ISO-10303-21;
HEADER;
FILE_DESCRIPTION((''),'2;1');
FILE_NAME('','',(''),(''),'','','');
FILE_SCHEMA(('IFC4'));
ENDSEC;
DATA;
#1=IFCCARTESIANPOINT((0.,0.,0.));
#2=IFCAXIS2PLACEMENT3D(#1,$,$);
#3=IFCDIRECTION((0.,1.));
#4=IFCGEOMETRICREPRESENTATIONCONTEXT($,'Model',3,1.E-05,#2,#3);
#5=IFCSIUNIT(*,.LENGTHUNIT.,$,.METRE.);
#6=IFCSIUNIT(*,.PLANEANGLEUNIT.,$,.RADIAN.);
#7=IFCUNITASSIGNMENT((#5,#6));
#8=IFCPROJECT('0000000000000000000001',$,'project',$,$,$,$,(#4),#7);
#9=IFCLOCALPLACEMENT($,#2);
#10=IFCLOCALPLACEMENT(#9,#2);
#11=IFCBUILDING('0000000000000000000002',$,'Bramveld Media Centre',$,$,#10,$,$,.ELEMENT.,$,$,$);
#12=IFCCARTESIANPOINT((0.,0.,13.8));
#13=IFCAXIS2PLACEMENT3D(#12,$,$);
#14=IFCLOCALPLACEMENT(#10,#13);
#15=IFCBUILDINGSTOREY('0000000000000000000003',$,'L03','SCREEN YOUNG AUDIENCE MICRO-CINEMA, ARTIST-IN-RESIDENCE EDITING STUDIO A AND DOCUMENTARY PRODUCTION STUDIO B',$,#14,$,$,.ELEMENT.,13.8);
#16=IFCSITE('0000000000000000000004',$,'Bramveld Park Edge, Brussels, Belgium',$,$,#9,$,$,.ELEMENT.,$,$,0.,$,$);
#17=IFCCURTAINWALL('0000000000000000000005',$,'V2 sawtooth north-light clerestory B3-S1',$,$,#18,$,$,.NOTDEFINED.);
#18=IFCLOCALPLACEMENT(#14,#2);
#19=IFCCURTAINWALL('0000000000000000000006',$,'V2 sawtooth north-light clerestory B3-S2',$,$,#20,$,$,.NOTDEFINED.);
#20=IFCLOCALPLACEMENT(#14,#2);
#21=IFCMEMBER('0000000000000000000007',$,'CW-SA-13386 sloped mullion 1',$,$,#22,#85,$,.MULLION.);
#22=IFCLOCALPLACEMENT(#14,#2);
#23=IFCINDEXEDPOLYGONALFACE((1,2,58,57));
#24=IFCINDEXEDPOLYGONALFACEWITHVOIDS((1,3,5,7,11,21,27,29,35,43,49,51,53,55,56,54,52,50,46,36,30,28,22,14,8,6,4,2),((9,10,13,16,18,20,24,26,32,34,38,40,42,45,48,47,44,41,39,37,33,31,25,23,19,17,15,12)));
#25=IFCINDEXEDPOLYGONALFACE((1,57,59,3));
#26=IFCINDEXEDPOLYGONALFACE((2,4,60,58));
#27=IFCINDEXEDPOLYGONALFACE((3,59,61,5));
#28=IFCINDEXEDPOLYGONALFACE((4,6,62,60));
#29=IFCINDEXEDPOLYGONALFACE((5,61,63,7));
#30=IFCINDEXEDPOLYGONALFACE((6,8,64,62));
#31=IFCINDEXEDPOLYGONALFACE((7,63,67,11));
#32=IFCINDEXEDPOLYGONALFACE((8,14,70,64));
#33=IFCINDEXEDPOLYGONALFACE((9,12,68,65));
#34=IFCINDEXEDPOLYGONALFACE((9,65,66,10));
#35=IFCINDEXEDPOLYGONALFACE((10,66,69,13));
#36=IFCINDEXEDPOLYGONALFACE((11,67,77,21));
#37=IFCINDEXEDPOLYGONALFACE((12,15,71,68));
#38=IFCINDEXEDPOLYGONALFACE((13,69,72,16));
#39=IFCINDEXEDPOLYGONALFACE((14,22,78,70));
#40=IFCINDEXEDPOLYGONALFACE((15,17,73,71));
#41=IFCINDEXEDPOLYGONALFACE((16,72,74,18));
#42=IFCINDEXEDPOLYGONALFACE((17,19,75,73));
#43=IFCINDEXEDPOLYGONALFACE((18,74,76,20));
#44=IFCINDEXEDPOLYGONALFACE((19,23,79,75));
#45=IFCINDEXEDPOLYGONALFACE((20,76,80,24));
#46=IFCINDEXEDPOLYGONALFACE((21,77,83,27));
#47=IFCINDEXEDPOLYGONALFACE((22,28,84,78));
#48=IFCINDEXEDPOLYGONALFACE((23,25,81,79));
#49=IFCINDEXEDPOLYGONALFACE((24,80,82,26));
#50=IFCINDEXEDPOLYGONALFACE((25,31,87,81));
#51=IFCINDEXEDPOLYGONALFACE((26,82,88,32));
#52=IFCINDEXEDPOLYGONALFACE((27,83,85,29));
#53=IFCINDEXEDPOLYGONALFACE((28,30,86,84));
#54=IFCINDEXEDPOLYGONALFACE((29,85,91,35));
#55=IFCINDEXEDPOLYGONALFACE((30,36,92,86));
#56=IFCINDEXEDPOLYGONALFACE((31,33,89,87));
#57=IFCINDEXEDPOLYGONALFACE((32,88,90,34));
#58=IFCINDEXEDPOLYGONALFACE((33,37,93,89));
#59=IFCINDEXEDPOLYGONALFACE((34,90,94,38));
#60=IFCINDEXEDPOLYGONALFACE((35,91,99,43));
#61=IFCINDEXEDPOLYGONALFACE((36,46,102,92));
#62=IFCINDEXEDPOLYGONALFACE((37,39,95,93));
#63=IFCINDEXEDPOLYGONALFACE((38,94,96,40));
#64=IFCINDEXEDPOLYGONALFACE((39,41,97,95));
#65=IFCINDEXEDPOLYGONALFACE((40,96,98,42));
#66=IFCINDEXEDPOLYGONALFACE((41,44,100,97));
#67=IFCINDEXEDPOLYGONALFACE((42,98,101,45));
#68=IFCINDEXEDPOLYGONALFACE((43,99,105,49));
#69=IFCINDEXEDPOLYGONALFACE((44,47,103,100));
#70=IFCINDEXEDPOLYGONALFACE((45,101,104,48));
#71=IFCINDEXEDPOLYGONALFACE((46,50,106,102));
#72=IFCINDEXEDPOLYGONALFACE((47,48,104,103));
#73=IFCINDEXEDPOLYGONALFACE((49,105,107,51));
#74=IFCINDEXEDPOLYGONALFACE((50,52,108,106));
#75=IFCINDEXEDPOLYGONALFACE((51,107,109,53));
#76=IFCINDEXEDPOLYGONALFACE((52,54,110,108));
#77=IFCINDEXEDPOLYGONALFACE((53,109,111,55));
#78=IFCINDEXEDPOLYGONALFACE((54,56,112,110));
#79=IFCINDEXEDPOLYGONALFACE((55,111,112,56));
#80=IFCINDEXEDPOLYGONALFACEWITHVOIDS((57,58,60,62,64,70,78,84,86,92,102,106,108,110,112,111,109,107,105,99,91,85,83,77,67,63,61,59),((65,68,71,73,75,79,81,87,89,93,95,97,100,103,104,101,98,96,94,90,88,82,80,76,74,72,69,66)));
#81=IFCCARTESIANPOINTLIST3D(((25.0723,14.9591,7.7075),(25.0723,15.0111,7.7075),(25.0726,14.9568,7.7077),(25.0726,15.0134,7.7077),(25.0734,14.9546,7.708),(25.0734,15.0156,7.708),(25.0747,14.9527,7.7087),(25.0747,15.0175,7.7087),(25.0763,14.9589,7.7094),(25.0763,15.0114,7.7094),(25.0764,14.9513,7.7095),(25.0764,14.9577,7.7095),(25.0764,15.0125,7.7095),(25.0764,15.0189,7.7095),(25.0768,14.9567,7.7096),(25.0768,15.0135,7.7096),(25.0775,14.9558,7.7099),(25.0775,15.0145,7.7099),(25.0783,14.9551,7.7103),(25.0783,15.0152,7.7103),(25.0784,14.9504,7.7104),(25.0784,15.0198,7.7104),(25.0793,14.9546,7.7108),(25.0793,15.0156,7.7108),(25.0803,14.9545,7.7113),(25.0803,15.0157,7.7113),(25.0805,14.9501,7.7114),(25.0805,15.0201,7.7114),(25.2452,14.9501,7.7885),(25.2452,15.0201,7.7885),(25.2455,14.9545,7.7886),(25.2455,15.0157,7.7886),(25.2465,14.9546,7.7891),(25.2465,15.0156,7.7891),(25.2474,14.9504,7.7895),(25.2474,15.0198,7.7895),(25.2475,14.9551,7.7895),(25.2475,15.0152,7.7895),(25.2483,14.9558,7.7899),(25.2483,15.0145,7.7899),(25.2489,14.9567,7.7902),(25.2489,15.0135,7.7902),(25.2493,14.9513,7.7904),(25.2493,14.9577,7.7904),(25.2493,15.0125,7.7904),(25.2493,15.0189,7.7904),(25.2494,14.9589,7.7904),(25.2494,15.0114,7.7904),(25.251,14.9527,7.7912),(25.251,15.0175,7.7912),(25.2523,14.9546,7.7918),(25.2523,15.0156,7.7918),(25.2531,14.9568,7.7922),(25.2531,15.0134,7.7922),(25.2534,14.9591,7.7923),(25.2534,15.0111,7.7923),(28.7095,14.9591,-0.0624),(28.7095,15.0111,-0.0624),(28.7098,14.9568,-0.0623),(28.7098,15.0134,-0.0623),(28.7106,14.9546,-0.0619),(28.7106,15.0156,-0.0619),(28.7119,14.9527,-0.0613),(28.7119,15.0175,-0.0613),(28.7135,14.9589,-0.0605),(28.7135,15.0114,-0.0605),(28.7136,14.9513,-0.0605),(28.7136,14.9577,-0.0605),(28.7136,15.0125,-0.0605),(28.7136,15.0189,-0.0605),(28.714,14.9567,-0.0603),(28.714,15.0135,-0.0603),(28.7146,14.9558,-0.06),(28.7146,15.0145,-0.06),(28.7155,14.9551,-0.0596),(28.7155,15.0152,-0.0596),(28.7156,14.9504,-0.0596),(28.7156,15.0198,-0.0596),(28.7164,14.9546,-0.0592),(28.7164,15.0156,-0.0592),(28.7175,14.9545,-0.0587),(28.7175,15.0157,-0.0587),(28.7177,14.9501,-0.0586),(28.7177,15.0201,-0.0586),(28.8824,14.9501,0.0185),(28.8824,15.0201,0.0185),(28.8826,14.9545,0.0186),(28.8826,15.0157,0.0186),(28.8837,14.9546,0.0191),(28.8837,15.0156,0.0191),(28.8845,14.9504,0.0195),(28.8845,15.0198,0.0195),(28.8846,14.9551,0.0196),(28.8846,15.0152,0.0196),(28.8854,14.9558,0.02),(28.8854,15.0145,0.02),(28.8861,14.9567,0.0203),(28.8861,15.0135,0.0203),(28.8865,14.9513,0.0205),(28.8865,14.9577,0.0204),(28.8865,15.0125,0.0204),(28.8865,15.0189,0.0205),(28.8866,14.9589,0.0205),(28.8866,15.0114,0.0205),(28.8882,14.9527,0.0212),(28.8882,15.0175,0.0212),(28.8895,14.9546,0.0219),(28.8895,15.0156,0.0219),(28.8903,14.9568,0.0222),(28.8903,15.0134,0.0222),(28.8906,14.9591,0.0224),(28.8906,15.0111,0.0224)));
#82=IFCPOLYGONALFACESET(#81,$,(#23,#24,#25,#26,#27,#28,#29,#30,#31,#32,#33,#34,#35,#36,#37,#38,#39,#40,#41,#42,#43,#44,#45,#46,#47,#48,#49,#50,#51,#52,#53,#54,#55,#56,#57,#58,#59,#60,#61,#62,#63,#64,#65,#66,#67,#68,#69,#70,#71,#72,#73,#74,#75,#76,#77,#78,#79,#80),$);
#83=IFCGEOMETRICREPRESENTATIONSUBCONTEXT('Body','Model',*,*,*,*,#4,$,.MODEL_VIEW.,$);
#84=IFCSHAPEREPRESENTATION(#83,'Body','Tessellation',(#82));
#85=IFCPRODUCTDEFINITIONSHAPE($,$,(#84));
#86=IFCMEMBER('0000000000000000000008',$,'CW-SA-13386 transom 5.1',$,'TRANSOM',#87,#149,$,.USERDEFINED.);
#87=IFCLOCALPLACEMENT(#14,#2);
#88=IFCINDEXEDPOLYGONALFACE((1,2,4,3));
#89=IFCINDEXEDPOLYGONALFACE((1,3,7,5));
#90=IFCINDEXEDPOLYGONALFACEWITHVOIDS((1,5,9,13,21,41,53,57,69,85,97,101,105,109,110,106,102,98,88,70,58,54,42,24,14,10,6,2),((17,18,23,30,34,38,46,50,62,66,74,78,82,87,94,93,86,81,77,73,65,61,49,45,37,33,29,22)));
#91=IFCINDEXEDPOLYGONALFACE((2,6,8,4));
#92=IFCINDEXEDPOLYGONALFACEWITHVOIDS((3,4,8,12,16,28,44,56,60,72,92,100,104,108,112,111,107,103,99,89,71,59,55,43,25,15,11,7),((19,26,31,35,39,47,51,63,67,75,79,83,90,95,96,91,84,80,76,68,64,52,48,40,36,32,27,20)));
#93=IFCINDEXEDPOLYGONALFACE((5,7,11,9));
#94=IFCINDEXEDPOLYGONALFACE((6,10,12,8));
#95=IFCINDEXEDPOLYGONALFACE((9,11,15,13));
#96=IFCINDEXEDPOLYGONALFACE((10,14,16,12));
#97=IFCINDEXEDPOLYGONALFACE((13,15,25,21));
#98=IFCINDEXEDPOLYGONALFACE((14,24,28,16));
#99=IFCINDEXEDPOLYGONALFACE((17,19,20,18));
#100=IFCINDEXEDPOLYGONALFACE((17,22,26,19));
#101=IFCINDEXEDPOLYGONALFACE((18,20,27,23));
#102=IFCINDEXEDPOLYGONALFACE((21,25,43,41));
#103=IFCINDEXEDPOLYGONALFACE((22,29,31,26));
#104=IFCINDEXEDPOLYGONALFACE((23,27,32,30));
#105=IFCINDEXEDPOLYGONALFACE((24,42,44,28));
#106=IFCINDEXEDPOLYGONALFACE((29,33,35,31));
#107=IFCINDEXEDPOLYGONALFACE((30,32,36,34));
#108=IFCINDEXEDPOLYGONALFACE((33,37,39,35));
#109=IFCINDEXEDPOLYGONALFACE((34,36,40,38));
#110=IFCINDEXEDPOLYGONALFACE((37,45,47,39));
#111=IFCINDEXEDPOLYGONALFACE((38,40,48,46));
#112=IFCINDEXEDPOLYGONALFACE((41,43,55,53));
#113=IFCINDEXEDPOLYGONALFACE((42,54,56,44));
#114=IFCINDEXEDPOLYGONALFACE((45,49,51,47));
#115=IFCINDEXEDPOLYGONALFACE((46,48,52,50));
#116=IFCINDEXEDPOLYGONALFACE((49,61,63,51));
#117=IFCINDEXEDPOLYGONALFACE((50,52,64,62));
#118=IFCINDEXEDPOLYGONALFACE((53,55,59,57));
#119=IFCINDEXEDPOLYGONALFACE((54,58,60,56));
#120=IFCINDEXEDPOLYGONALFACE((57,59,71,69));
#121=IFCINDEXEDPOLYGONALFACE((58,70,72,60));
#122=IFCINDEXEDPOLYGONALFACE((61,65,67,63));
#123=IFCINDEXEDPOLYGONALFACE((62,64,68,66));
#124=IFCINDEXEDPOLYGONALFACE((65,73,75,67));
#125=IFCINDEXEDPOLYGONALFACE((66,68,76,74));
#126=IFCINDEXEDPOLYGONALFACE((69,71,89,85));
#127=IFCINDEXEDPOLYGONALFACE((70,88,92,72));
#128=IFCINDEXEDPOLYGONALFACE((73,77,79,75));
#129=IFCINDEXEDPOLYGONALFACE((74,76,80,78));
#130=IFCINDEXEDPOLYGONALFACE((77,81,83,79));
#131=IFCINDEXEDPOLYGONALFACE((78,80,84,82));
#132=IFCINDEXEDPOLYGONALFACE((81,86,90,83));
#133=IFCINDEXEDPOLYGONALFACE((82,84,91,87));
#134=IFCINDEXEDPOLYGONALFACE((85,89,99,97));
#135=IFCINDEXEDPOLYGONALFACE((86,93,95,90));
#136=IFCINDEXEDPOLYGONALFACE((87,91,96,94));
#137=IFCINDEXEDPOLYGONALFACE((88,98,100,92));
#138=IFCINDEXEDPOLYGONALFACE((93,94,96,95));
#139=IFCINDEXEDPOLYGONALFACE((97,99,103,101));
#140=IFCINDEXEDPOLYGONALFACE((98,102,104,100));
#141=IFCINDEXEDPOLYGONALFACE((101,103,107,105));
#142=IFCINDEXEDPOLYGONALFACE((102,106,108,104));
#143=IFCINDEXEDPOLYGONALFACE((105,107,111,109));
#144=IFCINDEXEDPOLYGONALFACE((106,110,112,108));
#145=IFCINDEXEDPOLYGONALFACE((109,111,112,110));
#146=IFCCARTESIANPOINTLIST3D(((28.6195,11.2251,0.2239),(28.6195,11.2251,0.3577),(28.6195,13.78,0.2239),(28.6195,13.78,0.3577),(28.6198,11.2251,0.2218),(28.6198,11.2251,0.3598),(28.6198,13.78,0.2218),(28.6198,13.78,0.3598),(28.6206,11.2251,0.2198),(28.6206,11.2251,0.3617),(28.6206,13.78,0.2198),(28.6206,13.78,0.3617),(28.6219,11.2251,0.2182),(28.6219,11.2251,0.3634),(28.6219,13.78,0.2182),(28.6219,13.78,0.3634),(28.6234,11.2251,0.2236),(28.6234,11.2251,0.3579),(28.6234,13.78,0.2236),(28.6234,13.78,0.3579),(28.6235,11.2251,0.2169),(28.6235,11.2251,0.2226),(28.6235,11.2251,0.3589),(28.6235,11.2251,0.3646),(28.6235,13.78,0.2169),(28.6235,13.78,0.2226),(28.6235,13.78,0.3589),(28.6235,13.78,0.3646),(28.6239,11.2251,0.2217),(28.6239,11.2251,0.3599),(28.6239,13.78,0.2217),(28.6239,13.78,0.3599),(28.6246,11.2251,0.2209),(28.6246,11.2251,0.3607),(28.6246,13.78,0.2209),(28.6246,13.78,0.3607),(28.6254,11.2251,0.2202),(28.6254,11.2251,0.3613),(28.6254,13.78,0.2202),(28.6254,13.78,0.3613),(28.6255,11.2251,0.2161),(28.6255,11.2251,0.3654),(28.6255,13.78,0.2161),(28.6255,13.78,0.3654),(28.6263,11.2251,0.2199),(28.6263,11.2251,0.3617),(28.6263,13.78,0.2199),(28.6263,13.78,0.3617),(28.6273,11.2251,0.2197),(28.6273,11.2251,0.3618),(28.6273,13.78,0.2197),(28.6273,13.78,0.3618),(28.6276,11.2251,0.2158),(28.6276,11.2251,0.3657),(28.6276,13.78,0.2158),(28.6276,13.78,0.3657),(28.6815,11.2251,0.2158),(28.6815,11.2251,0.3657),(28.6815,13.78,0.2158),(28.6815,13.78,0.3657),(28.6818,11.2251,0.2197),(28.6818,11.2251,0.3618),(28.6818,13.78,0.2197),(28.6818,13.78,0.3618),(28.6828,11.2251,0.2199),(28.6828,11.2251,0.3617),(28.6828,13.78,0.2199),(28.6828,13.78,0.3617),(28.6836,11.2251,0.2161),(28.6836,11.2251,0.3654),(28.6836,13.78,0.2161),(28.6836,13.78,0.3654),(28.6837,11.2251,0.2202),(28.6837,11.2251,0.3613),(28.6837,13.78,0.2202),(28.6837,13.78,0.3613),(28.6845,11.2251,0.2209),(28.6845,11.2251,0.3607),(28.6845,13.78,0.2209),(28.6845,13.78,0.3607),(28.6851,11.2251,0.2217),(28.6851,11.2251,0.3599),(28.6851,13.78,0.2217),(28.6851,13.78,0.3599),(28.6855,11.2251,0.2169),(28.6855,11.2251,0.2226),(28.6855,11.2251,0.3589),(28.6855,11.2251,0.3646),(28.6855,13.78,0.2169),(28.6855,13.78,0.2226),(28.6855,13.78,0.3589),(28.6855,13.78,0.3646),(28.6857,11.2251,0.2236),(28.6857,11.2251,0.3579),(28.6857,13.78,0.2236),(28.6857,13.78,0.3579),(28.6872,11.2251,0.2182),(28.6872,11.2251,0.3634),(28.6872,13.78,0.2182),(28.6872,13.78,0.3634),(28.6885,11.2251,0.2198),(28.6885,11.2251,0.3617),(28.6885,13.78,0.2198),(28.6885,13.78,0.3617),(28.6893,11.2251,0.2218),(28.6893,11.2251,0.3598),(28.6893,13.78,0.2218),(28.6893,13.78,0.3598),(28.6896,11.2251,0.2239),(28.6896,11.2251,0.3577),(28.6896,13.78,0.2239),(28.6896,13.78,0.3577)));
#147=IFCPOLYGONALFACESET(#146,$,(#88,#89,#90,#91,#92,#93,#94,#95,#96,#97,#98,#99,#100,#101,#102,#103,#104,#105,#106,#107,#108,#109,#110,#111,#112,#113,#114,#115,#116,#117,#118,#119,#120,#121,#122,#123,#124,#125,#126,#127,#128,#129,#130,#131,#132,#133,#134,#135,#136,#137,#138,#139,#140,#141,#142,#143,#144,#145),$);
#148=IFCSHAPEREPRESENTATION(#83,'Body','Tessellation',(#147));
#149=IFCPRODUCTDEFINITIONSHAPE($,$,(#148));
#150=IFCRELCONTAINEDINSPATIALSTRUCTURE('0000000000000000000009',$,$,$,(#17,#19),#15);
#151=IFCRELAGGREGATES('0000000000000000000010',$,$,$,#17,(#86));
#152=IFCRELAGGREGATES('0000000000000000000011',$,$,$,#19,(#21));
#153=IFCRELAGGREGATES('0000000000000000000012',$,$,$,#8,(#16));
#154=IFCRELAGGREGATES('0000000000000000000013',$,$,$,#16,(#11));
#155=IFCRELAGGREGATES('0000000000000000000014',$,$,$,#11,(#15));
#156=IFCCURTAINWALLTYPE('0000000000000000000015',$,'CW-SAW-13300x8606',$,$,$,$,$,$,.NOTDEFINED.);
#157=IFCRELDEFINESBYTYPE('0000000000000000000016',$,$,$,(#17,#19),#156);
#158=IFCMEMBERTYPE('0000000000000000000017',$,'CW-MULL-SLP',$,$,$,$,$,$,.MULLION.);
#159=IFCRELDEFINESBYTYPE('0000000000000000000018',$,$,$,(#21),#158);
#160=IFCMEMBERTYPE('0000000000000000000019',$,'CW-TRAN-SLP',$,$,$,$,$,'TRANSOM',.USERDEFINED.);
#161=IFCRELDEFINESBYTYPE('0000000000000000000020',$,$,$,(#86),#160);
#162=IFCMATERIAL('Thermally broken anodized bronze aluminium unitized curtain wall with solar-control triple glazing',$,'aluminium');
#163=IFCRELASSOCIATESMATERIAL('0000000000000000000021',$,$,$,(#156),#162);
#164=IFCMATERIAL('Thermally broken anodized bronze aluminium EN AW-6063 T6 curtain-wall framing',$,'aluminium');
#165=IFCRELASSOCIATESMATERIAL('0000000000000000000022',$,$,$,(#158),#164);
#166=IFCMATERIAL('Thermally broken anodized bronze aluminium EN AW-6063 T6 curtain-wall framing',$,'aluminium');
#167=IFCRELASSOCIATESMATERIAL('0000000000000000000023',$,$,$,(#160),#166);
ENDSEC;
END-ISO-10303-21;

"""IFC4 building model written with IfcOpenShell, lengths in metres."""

from ifc_helpers import new_model, si_unit, direction, frame, origin, origin_2d, place, context, subcontext, project, spatial, hollow_rectangle, extrude, material, material_profile, profile_set, type_object, element, aggregate, save


model = new_model("IFC4")

# Units and contexts
model_context = context("Model", 3, precision=1e-05, world=origin(), true_north=direction((0.0, 1.0)))
body_context = subcontext(model_context, "Body", "Model", "MODEL_VIEW")
ifc_project = project(units=[si_unit("LENGTHUNIT", "METRE"), si_unit("PLANEANGLEUNIT", "RADIAN")], contexts=[model_context])

# Site, building, storey
site_placement = place(None, origin())
site = spatial("IfcSite", under=ifc_project, at=site_placement, Name="Bramveld Park Edge, Brussels, Belgium", CompositionType="ELEMENT", RefElevation=0.0)
building_placement = place(site_placement, origin())
building = spatial("IfcBuilding", under=site, at=building_placement, Name="Bramveld Media Centre", CompositionType="ELEMENT")
storey_placement = place(building_placement, frame((0.0, 0.0, 13.8)))
storey = spatial("IfcBuildingStorey", under=building, at=storey_placement, Name="L03", Description="SCREEN YOUNG AUDIENCE MICRO-CINEMA, ARTIST-IN-RESIDENCE EDITING STUDIO A AND DOCUMENTARY PRODUCTION STUDIO B", CompositionType="ELEMENT", Elevation=13.8)

# Curtain wall
ifc_material_1 = material(Name="Thermally broken anodized bronze aluminium unitized curtain wall with solar-control triple glazing", Category="aluminium")
curtain_wall_type = type_object("IfcCurtainWallType", Name="CW-SAW-13300x8606", PredefinedType="NOTDEFINED", material=ifc_material_1)
curtain_wall_1_placement = place(storey_placement, origin())
curtain_wall_1 = element("IfcCurtainWall", 1, at=curtain_wall_1_placement, inside=storey, type_object=curtain_wall_type, Name="V2 sawtooth north-light clerestory B3-S1", PredefinedType="NOTDEFINED")
ifc_material_2 = material(Name="Thermally broken anodized bronze aluminium EN AW-6063 T6 curtain-wall framing", Category="aluminium")
ifc_material_profile_1 = material_profile(ifc_material_2, hollow_rectangle(XDim=0.0701, YDim=0.2, WallThickness=0.0044, InnerFilletRadius=0.0044, OuterFilletRadius=0.009, at=origin_2d()), Name="AL-MULL 70x200")
ifc_profile_set_1 = profile_set([ifc_material_profile_1], Name="Thermally broken anodized bronze aluminium EN AW-6063 T6 curtain-wall framing")
member_type_1 = type_object("IfcMemberType", Name="CW-MULL-SLP", PredefinedType="MULLION", material=ifc_profile_set_1)

# Curtain wall, member
curtain_wall_2_placement = place(storey_placement, origin())
curtain_wall_2 = element("IfcCurtainWall", 2, at=curtain_wall_2_placement, inside=storey, type_object=curtain_wall_type, Name="V2 sawtooth north-light clerestory B3-S2", PredefinedType="NOTDEFINED")
member_1_placement = place(storey_placement, frame((28.8, 14.9851, -0.02), z_axis=(-0.423957, 0.0, 0.905682), x_axis=(0.0, -1.0, 0.0)))
member_1 = element("IfcMember", 3, at=member_1_placement, type_object=member_type_1, Name="CW-SA-13386 sloped mullion 1", PredefinedType="MULLION", context=body_context, shape_type="SweptSolid", body=[
    extrude(hollow_rectangle(XDim=0.0701, YDim=0.2, WallThickness=0.0044, InnerFilletRadius=0.0044, OuterFilletRadius=0.009, at=origin_2d()), origin(), (0.0, 0.0, 1.0), 8.5791),
])

# Member
ifc_material_3 = material(Name="Thermally broken anodized bronze aluminium EN AW-6063 T6 curtain-wall framing", Category="aluminium")
ifc_material_profile_2 = material_profile(ifc_material_3, hollow_rectangle(XDim=0.0701, YDim=0.1499, WallThickness=0.0039, InnerFilletRadius=0.0039, OuterFilletRadius=0.0081, at=origin_2d()), Name="AL-TRAN 70x150")
ifc_profile_set_2 = profile_set([ifc_material_profile_2], Name="Thermally broken anodized bronze aluminium EN AW-6063 T6 curtain-wall framing")
member_type_2 = type_object("IfcMemberType", Name="CW-TRAN-SLP", ElementType="TRANSOM", PredefinedType="USERDEFINED", material=ifc_profile_set_2)
member_2_placement = place(storey_placement, frame((28.6545, 11.2251, 0.2908), z_axis=(0.0, 1.0, 0.0), x_axis=(-1.0, 0.0, 0.0)))
member_2 = element("IfcMember", 4, at=member_2_placement, type_object=member_type_2, Name="CW-SA-13386 transom 5.1", ObjectType="TRANSOM", PredefinedType="USERDEFINED", context=body_context, shape_type="SweptSolid", body=[
    extrude(hollow_rectangle(XDim=0.0701, YDim=0.1499, WallThickness=0.0039, InnerFilletRadius=0.0039, OuterFilletRadius=0.0081, at=origin_2d()), origin(), (0.0, 0.0, 1.0), 2.5549),
])

aggregate(curtain_wall_1, [member_2])
aggregate(curtain_wall_2, [member_1])

save(model, "model.ifc")
